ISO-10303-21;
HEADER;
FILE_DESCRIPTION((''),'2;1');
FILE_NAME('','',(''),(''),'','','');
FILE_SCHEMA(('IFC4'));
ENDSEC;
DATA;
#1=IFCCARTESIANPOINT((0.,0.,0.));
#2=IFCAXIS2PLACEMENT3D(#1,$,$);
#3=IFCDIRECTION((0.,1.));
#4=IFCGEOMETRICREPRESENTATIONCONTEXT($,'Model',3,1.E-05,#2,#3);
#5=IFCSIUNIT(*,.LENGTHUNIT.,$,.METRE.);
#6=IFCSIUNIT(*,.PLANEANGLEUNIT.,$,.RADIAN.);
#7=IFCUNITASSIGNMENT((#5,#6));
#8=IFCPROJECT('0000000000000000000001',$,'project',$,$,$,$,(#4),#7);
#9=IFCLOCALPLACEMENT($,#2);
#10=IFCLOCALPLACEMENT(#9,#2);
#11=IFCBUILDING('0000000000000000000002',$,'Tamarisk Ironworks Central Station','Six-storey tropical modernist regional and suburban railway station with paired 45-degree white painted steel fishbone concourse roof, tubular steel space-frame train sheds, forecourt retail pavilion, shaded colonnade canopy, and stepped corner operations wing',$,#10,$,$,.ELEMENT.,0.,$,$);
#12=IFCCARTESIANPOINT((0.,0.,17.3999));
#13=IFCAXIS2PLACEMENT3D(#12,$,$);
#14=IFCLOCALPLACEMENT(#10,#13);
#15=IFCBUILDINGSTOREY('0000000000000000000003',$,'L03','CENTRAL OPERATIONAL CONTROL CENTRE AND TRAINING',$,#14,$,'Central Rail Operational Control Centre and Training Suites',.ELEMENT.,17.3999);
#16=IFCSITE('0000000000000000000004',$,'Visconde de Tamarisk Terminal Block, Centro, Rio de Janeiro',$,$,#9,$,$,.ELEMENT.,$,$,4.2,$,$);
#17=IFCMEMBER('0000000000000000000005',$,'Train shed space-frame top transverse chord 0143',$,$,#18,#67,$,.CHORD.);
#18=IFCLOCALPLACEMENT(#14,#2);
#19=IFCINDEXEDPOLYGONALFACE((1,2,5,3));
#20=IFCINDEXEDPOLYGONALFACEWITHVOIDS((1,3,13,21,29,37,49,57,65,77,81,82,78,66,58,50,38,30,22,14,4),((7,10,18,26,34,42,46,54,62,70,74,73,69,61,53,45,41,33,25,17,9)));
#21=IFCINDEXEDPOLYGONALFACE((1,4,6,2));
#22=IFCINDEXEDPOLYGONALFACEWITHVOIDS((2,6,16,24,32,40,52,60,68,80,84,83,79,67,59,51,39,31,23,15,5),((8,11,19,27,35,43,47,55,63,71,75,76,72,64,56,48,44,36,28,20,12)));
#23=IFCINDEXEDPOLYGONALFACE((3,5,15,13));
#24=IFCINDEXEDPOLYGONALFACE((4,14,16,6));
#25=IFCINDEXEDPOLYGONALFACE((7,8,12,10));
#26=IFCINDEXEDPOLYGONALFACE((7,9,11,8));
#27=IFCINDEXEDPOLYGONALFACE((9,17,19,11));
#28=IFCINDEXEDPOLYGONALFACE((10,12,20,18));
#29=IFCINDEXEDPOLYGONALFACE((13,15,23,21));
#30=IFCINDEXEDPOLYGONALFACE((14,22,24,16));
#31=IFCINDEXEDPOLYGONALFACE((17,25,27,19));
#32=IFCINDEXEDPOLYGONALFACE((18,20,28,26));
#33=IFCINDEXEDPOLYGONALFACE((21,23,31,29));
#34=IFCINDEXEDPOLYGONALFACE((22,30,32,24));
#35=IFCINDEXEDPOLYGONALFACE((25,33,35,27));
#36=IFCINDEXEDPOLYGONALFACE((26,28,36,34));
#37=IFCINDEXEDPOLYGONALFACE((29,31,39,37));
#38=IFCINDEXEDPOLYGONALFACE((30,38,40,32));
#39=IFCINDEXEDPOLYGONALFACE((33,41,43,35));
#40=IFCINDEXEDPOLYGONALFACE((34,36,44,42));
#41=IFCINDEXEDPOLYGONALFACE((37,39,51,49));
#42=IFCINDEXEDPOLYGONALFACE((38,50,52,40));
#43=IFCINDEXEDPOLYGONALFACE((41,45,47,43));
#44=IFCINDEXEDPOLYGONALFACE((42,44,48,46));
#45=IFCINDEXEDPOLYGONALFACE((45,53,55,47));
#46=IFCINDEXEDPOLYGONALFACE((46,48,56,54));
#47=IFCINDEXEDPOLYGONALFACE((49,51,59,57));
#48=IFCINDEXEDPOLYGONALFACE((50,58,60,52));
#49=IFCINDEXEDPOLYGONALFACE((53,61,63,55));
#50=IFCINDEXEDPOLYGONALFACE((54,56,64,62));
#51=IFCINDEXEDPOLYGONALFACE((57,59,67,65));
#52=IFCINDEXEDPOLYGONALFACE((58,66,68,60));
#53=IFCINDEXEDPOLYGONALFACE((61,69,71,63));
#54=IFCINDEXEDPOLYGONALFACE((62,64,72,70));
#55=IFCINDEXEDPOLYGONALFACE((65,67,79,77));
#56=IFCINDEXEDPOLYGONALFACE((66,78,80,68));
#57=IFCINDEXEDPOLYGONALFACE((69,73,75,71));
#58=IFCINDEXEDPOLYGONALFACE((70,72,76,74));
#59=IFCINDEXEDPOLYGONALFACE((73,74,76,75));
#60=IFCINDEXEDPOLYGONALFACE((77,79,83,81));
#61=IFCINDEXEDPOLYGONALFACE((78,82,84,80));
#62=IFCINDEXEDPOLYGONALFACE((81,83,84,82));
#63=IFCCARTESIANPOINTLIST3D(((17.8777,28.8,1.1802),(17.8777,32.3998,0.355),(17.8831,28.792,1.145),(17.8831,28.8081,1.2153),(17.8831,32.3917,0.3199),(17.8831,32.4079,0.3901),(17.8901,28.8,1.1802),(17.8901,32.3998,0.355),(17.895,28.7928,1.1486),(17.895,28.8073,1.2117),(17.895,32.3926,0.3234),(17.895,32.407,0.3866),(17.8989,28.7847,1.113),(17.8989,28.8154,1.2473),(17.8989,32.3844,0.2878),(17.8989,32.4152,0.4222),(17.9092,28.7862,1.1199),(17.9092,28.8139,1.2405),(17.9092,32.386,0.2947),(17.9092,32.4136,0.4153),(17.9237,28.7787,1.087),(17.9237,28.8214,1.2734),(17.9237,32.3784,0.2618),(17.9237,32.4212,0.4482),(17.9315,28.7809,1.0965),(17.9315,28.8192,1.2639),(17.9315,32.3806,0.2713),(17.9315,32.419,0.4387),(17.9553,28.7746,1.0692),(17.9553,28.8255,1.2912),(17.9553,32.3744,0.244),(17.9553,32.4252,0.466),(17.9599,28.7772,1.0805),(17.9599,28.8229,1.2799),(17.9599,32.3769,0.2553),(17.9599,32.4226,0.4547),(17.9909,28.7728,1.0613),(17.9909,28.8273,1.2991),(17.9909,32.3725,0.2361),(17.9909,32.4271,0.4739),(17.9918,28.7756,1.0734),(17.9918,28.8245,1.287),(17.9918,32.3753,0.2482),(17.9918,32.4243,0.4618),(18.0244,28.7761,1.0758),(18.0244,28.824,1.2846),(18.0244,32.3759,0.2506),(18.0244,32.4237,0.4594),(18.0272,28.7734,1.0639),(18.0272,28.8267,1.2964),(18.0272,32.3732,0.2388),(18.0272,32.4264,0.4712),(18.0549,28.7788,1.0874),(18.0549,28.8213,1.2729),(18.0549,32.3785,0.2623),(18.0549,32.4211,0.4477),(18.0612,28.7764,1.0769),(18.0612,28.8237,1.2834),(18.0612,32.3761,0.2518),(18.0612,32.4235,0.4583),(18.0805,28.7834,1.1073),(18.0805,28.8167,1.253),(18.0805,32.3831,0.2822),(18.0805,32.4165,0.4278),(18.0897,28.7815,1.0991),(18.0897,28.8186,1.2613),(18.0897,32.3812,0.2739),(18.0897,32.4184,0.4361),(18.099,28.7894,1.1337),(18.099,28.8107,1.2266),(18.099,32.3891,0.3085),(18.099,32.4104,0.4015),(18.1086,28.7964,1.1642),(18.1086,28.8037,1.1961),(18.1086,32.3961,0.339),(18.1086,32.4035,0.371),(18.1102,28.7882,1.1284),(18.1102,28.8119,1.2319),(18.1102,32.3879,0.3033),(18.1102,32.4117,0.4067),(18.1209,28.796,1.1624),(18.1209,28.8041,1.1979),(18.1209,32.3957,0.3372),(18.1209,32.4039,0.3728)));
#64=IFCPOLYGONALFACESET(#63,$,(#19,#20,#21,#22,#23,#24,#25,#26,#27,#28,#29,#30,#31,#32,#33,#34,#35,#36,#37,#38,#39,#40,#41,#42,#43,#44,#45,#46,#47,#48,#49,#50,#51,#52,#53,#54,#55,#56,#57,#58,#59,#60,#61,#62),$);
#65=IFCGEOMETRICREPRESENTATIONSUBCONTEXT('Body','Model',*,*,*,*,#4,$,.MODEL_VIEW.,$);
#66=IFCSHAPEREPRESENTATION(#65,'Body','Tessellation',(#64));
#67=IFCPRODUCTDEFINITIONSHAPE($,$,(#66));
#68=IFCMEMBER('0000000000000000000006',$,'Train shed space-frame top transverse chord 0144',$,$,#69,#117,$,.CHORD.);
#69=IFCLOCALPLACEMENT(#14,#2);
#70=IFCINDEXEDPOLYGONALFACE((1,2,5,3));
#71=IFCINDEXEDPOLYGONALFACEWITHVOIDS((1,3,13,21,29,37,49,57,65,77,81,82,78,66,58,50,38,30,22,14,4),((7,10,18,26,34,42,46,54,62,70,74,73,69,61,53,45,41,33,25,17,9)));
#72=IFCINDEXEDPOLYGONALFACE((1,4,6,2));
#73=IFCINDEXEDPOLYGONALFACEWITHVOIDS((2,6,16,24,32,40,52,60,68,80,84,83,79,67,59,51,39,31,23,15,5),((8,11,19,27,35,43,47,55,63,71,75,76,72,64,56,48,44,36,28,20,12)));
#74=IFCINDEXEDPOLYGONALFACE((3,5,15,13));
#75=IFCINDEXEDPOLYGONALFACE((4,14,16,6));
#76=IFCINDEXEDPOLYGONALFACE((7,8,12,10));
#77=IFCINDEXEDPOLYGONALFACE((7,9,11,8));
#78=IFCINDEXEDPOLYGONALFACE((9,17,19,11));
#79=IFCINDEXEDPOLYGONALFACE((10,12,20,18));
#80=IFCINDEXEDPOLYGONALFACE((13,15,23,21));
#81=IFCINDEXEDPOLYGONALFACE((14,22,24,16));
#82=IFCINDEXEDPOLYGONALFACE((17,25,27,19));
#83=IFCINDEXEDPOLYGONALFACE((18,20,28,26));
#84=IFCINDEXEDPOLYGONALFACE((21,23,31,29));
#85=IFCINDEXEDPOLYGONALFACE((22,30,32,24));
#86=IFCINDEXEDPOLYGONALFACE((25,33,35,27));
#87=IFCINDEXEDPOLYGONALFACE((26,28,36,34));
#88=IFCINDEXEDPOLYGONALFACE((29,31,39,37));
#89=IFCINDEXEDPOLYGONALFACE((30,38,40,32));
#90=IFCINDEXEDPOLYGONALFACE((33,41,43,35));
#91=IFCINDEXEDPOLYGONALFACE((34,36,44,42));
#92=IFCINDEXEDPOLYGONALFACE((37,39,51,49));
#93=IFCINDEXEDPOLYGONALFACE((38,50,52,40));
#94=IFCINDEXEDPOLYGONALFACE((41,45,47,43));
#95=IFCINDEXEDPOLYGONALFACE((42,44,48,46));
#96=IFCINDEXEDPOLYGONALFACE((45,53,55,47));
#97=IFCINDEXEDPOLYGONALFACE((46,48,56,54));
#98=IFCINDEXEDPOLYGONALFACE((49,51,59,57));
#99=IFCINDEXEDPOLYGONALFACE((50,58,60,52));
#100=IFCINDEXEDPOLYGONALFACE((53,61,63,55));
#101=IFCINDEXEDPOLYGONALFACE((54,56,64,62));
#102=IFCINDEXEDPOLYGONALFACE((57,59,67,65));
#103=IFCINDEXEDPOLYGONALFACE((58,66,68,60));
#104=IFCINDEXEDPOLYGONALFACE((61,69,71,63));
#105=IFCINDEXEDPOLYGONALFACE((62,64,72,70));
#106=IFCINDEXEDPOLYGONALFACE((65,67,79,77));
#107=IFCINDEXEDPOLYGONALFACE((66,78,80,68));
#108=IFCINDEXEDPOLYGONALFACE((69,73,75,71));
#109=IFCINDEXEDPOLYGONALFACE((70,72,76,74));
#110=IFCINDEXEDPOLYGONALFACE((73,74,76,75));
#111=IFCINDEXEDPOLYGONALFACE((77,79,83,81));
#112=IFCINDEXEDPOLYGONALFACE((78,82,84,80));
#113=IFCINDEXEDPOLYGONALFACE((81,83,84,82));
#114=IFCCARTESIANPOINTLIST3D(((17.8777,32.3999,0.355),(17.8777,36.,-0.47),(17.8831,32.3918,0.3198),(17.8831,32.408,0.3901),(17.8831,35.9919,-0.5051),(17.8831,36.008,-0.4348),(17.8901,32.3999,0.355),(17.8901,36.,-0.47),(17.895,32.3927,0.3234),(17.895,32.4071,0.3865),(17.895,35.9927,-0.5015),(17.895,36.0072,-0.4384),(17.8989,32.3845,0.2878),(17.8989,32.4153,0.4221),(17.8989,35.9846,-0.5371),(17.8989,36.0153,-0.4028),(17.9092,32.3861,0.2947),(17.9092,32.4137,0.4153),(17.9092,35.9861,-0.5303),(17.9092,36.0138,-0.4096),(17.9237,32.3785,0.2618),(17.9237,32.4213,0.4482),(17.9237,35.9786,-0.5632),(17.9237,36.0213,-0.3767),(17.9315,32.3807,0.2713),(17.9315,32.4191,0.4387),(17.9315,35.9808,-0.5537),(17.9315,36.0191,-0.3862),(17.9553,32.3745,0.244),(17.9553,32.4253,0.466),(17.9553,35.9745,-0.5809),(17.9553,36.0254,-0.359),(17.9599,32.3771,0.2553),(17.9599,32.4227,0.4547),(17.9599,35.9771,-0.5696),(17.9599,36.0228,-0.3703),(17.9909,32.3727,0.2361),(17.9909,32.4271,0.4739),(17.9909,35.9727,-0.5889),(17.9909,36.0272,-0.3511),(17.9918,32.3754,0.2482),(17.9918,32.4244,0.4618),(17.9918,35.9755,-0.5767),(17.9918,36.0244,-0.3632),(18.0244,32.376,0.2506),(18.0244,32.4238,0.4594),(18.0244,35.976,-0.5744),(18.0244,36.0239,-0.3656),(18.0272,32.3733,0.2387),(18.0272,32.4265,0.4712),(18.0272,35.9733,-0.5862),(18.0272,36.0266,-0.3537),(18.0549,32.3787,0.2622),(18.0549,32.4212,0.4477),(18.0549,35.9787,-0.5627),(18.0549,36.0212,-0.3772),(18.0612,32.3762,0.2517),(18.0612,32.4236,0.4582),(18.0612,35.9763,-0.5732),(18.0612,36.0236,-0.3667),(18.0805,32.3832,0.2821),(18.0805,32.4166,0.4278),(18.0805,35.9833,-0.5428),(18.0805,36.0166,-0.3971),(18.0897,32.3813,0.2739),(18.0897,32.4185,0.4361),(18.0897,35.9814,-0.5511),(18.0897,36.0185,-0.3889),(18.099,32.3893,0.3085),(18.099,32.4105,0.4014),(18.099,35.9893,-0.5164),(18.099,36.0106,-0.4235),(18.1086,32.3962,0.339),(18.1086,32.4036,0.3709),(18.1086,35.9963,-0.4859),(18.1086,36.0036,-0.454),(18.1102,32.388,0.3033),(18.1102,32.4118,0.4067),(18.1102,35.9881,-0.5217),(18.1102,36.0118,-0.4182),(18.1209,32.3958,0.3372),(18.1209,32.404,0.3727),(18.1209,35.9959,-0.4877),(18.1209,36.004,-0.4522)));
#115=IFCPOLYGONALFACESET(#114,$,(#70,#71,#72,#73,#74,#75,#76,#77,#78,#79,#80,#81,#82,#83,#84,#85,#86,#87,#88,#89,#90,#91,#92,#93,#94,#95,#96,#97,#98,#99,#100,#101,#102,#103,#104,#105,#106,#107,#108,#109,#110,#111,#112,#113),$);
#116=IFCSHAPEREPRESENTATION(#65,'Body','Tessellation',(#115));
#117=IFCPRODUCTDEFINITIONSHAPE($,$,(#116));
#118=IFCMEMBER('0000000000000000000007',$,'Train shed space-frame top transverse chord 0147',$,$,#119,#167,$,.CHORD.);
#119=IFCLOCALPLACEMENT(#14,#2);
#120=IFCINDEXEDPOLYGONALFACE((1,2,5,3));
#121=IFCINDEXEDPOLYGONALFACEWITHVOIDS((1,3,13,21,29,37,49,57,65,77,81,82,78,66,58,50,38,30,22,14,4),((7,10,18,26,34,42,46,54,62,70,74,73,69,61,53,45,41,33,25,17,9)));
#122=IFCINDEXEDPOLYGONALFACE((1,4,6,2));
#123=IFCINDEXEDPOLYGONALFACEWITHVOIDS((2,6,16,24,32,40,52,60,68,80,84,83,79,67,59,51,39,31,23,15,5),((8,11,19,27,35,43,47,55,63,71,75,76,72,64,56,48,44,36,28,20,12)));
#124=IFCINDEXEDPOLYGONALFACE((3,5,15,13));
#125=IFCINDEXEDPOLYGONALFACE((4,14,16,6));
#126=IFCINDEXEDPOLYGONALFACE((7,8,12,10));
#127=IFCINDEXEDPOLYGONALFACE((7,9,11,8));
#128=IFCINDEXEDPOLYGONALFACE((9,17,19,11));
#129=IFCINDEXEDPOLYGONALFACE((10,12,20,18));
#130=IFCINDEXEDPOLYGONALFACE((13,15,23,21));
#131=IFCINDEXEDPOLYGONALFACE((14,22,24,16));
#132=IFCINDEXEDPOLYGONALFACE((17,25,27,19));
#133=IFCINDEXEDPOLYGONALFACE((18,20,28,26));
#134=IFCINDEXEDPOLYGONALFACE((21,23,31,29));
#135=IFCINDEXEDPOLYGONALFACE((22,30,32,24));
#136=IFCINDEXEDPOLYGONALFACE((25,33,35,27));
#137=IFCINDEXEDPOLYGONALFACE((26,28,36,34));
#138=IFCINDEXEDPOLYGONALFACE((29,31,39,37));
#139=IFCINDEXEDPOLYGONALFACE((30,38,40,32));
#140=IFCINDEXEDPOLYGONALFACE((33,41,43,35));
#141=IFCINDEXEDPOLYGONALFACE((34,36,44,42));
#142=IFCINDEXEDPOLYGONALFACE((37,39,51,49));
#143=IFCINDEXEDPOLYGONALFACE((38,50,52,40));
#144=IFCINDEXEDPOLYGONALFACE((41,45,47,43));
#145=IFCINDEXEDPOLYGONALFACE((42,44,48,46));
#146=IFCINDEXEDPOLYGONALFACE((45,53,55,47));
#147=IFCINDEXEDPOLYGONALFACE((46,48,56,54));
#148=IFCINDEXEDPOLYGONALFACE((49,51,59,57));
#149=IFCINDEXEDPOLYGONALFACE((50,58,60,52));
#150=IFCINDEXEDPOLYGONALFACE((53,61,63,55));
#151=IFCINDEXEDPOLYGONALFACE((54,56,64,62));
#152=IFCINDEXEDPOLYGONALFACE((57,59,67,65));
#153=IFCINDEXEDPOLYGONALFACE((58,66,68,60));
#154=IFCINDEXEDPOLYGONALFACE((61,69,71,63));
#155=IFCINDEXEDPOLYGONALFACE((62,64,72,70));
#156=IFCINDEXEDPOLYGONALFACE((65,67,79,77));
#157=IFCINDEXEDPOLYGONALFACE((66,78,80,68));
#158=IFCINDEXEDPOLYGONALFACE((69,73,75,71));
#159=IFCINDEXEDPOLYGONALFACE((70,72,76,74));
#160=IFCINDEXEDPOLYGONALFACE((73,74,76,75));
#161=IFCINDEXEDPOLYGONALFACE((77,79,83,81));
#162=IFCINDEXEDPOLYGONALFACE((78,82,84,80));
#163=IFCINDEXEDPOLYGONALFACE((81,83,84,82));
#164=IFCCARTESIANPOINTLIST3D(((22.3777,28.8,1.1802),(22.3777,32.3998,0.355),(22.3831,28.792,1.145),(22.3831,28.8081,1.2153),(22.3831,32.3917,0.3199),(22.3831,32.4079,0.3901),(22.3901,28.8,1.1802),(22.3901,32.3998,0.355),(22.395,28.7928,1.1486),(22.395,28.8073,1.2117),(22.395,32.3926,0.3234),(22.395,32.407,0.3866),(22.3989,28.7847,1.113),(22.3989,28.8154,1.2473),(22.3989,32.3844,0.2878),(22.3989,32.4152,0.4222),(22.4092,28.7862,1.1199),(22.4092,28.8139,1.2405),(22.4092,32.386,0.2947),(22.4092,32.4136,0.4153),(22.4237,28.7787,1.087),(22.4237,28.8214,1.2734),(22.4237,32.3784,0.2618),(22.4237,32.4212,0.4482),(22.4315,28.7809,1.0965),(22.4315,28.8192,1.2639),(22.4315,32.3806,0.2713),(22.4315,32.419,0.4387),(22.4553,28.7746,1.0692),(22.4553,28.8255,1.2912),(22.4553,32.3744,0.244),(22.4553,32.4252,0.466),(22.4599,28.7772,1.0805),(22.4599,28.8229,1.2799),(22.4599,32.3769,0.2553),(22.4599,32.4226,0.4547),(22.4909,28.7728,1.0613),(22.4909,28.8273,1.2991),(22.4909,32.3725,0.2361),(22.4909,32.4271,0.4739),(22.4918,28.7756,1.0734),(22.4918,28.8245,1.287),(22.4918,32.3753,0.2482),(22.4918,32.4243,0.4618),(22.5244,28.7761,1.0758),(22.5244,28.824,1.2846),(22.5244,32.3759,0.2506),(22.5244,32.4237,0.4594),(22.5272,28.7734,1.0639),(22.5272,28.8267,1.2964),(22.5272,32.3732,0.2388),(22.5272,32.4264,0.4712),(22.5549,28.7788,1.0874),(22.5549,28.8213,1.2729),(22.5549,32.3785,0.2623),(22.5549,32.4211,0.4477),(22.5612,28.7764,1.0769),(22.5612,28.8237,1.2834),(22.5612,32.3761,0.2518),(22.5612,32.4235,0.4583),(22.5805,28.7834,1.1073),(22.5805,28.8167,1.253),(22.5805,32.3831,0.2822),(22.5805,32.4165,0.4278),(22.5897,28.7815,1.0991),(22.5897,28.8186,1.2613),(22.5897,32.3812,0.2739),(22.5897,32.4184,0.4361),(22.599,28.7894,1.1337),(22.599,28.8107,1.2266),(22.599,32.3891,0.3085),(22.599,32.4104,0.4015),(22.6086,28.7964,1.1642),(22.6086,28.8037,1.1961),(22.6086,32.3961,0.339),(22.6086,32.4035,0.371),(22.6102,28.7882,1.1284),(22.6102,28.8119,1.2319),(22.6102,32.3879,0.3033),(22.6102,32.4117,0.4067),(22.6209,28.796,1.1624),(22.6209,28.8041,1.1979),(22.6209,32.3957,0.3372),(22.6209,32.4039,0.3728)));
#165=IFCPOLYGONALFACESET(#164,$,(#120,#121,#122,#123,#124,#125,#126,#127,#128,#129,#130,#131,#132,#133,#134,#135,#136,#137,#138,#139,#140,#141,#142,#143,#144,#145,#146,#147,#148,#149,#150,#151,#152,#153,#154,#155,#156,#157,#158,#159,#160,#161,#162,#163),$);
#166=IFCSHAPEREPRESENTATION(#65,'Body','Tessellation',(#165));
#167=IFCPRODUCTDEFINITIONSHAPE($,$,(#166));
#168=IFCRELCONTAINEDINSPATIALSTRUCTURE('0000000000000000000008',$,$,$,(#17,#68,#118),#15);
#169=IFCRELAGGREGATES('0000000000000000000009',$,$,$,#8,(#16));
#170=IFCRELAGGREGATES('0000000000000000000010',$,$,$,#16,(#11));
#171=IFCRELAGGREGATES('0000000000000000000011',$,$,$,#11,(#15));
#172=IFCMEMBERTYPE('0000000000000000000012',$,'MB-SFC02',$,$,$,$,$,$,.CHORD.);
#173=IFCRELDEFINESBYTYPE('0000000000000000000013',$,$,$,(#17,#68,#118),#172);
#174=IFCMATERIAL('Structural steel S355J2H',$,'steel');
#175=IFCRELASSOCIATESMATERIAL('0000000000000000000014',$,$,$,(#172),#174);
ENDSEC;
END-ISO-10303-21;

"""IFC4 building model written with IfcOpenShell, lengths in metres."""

from ifc_helpers import new_model, si_unit, direction, frame, origin, origin_2d, place, context, subcontext, project, spatial, hollow_circle, extrude, material, material_profile, profile_set, type_object, element, save


model = new_model("IFC4")

# Units and contexts
model_context = context("Model", 3, precision=1e-05, world=origin(), true_north=direction((0.0, 1.0)))
body_context = subcontext(model_context, "Body", "Model", "MODEL_VIEW")
ifc_project = project(units=[si_unit("LENGTHUNIT", "METRE"), si_unit("PLANEANGLEUNIT", "RADIAN")], contexts=[model_context])

# Site, building, storey
site_placement = place(None, origin())
site = spatial("IfcSite", under=ifc_project, at=site_placement, Name="Visconde de Tamarisk Terminal Block, Centro, Rio de Janeiro", CompositionType="ELEMENT", RefElevation=4.2)
building_placement = place(site_placement, origin())
building = spatial("IfcBuilding", under=site, at=building_placement, Name="Tamarisk Ironworks Central Station", Description="Six-storey tropical modernist regional and suburban railway station with paired 45-degree white painted steel fishbone concourse roof, tubular steel space-frame train sheds, forecourt retail pavilion, shaded colonnade canopy, and stepped corner operations wing", CompositionType="ELEMENT", ElevationOfRefHeight=0.0)
storey_placement = place(building_placement, frame((0.0, 0.0, 17.3999)))
storey = spatial("IfcBuildingStorey", under=building, at=storey_placement, Name="L03", Description="CENTRAL OPERATIONAL CONTROL CENTRE AND TRAINING", LongName="Central Rail Operational Control Centre and Training Suites", CompositionType="ELEMENT", Elevation=17.3999)

# Members
ifc_material = material(Name="Structural steel S355J2H", Category="steel")
ifc_material_profile_1 = material_profile(ifc_material, hollow_circle(Radius=0.1223, WallThickness=0.0125, at=origin_2d()), Name="CHS 244.5x12.5")
ifc_profile_set_1 = profile_set([ifc_material_profile_1], Name="Structural steel S355J2H")
member_type_1 = type_object("IfcMemberType", Name="MB-SFC02", PredefinedType="CHORD", material=ifc_profile_set_1)
member_1_placement = place(storey_placement, frame((18.0, 28.8, 1.1802), z_axis=(0.0, 0.974719, -0.223435), x_axis=(-1.0, 0.0, 0.0)))
element("IfcMember", 1, at=member_1_placement, inside=storey, type_object=member_type_1, Name="Train shed space-frame top transverse chord 0143", PredefinedType="CHORD", context=body_context, shape_type="SweptSolid", body=[
    extrude(hollow_circle(Radius=0.1223, WallThickness=0.0125, at=origin_2d()), origin(), (0.0, 0.0, 1.0), 3.6931),
])
member_2_placement = place(storey_placement, frame((18.0, 32.3999, 0.355), z_axis=(0.0, 0.974737, -0.223358), x_axis=(-1.0, 0.0, 0.0)))
element("IfcMember", 2, at=member_2_placement, inside=storey, type_object=member_type_1, Name="Train shed space-frame top transverse chord 0144", PredefinedType="CHORD", context=body_context, shape_type="SweptSolid", body=[
    extrude(hollow_circle(Radius=0.1223, WallThickness=0.0125, at=origin_2d()), origin(), (0.0, 0.0, 1.0), 3.6934),
])
member_3_placement = place(storey_placement, frame((22.5, 28.8, 1.1802), z_axis=(0.0, 0.974719, -0.223435), x_axis=(-1.0, 0.0, 0.0)))
element("IfcMember", 3, at=member_3_placement, inside=storey, type_object=member_type_1, Name="Train shed space-frame top transverse chord 0147", PredefinedType="CHORD", context=body_context, shape_type="SweptSolid", body=[
    extrude(hollow_circle(Radius=0.1223, WallThickness=0.0125, at=origin_2d()), origin(), (0.0, 0.0, 1.0), 3.6931),
])

save(model, "model.ifc")
